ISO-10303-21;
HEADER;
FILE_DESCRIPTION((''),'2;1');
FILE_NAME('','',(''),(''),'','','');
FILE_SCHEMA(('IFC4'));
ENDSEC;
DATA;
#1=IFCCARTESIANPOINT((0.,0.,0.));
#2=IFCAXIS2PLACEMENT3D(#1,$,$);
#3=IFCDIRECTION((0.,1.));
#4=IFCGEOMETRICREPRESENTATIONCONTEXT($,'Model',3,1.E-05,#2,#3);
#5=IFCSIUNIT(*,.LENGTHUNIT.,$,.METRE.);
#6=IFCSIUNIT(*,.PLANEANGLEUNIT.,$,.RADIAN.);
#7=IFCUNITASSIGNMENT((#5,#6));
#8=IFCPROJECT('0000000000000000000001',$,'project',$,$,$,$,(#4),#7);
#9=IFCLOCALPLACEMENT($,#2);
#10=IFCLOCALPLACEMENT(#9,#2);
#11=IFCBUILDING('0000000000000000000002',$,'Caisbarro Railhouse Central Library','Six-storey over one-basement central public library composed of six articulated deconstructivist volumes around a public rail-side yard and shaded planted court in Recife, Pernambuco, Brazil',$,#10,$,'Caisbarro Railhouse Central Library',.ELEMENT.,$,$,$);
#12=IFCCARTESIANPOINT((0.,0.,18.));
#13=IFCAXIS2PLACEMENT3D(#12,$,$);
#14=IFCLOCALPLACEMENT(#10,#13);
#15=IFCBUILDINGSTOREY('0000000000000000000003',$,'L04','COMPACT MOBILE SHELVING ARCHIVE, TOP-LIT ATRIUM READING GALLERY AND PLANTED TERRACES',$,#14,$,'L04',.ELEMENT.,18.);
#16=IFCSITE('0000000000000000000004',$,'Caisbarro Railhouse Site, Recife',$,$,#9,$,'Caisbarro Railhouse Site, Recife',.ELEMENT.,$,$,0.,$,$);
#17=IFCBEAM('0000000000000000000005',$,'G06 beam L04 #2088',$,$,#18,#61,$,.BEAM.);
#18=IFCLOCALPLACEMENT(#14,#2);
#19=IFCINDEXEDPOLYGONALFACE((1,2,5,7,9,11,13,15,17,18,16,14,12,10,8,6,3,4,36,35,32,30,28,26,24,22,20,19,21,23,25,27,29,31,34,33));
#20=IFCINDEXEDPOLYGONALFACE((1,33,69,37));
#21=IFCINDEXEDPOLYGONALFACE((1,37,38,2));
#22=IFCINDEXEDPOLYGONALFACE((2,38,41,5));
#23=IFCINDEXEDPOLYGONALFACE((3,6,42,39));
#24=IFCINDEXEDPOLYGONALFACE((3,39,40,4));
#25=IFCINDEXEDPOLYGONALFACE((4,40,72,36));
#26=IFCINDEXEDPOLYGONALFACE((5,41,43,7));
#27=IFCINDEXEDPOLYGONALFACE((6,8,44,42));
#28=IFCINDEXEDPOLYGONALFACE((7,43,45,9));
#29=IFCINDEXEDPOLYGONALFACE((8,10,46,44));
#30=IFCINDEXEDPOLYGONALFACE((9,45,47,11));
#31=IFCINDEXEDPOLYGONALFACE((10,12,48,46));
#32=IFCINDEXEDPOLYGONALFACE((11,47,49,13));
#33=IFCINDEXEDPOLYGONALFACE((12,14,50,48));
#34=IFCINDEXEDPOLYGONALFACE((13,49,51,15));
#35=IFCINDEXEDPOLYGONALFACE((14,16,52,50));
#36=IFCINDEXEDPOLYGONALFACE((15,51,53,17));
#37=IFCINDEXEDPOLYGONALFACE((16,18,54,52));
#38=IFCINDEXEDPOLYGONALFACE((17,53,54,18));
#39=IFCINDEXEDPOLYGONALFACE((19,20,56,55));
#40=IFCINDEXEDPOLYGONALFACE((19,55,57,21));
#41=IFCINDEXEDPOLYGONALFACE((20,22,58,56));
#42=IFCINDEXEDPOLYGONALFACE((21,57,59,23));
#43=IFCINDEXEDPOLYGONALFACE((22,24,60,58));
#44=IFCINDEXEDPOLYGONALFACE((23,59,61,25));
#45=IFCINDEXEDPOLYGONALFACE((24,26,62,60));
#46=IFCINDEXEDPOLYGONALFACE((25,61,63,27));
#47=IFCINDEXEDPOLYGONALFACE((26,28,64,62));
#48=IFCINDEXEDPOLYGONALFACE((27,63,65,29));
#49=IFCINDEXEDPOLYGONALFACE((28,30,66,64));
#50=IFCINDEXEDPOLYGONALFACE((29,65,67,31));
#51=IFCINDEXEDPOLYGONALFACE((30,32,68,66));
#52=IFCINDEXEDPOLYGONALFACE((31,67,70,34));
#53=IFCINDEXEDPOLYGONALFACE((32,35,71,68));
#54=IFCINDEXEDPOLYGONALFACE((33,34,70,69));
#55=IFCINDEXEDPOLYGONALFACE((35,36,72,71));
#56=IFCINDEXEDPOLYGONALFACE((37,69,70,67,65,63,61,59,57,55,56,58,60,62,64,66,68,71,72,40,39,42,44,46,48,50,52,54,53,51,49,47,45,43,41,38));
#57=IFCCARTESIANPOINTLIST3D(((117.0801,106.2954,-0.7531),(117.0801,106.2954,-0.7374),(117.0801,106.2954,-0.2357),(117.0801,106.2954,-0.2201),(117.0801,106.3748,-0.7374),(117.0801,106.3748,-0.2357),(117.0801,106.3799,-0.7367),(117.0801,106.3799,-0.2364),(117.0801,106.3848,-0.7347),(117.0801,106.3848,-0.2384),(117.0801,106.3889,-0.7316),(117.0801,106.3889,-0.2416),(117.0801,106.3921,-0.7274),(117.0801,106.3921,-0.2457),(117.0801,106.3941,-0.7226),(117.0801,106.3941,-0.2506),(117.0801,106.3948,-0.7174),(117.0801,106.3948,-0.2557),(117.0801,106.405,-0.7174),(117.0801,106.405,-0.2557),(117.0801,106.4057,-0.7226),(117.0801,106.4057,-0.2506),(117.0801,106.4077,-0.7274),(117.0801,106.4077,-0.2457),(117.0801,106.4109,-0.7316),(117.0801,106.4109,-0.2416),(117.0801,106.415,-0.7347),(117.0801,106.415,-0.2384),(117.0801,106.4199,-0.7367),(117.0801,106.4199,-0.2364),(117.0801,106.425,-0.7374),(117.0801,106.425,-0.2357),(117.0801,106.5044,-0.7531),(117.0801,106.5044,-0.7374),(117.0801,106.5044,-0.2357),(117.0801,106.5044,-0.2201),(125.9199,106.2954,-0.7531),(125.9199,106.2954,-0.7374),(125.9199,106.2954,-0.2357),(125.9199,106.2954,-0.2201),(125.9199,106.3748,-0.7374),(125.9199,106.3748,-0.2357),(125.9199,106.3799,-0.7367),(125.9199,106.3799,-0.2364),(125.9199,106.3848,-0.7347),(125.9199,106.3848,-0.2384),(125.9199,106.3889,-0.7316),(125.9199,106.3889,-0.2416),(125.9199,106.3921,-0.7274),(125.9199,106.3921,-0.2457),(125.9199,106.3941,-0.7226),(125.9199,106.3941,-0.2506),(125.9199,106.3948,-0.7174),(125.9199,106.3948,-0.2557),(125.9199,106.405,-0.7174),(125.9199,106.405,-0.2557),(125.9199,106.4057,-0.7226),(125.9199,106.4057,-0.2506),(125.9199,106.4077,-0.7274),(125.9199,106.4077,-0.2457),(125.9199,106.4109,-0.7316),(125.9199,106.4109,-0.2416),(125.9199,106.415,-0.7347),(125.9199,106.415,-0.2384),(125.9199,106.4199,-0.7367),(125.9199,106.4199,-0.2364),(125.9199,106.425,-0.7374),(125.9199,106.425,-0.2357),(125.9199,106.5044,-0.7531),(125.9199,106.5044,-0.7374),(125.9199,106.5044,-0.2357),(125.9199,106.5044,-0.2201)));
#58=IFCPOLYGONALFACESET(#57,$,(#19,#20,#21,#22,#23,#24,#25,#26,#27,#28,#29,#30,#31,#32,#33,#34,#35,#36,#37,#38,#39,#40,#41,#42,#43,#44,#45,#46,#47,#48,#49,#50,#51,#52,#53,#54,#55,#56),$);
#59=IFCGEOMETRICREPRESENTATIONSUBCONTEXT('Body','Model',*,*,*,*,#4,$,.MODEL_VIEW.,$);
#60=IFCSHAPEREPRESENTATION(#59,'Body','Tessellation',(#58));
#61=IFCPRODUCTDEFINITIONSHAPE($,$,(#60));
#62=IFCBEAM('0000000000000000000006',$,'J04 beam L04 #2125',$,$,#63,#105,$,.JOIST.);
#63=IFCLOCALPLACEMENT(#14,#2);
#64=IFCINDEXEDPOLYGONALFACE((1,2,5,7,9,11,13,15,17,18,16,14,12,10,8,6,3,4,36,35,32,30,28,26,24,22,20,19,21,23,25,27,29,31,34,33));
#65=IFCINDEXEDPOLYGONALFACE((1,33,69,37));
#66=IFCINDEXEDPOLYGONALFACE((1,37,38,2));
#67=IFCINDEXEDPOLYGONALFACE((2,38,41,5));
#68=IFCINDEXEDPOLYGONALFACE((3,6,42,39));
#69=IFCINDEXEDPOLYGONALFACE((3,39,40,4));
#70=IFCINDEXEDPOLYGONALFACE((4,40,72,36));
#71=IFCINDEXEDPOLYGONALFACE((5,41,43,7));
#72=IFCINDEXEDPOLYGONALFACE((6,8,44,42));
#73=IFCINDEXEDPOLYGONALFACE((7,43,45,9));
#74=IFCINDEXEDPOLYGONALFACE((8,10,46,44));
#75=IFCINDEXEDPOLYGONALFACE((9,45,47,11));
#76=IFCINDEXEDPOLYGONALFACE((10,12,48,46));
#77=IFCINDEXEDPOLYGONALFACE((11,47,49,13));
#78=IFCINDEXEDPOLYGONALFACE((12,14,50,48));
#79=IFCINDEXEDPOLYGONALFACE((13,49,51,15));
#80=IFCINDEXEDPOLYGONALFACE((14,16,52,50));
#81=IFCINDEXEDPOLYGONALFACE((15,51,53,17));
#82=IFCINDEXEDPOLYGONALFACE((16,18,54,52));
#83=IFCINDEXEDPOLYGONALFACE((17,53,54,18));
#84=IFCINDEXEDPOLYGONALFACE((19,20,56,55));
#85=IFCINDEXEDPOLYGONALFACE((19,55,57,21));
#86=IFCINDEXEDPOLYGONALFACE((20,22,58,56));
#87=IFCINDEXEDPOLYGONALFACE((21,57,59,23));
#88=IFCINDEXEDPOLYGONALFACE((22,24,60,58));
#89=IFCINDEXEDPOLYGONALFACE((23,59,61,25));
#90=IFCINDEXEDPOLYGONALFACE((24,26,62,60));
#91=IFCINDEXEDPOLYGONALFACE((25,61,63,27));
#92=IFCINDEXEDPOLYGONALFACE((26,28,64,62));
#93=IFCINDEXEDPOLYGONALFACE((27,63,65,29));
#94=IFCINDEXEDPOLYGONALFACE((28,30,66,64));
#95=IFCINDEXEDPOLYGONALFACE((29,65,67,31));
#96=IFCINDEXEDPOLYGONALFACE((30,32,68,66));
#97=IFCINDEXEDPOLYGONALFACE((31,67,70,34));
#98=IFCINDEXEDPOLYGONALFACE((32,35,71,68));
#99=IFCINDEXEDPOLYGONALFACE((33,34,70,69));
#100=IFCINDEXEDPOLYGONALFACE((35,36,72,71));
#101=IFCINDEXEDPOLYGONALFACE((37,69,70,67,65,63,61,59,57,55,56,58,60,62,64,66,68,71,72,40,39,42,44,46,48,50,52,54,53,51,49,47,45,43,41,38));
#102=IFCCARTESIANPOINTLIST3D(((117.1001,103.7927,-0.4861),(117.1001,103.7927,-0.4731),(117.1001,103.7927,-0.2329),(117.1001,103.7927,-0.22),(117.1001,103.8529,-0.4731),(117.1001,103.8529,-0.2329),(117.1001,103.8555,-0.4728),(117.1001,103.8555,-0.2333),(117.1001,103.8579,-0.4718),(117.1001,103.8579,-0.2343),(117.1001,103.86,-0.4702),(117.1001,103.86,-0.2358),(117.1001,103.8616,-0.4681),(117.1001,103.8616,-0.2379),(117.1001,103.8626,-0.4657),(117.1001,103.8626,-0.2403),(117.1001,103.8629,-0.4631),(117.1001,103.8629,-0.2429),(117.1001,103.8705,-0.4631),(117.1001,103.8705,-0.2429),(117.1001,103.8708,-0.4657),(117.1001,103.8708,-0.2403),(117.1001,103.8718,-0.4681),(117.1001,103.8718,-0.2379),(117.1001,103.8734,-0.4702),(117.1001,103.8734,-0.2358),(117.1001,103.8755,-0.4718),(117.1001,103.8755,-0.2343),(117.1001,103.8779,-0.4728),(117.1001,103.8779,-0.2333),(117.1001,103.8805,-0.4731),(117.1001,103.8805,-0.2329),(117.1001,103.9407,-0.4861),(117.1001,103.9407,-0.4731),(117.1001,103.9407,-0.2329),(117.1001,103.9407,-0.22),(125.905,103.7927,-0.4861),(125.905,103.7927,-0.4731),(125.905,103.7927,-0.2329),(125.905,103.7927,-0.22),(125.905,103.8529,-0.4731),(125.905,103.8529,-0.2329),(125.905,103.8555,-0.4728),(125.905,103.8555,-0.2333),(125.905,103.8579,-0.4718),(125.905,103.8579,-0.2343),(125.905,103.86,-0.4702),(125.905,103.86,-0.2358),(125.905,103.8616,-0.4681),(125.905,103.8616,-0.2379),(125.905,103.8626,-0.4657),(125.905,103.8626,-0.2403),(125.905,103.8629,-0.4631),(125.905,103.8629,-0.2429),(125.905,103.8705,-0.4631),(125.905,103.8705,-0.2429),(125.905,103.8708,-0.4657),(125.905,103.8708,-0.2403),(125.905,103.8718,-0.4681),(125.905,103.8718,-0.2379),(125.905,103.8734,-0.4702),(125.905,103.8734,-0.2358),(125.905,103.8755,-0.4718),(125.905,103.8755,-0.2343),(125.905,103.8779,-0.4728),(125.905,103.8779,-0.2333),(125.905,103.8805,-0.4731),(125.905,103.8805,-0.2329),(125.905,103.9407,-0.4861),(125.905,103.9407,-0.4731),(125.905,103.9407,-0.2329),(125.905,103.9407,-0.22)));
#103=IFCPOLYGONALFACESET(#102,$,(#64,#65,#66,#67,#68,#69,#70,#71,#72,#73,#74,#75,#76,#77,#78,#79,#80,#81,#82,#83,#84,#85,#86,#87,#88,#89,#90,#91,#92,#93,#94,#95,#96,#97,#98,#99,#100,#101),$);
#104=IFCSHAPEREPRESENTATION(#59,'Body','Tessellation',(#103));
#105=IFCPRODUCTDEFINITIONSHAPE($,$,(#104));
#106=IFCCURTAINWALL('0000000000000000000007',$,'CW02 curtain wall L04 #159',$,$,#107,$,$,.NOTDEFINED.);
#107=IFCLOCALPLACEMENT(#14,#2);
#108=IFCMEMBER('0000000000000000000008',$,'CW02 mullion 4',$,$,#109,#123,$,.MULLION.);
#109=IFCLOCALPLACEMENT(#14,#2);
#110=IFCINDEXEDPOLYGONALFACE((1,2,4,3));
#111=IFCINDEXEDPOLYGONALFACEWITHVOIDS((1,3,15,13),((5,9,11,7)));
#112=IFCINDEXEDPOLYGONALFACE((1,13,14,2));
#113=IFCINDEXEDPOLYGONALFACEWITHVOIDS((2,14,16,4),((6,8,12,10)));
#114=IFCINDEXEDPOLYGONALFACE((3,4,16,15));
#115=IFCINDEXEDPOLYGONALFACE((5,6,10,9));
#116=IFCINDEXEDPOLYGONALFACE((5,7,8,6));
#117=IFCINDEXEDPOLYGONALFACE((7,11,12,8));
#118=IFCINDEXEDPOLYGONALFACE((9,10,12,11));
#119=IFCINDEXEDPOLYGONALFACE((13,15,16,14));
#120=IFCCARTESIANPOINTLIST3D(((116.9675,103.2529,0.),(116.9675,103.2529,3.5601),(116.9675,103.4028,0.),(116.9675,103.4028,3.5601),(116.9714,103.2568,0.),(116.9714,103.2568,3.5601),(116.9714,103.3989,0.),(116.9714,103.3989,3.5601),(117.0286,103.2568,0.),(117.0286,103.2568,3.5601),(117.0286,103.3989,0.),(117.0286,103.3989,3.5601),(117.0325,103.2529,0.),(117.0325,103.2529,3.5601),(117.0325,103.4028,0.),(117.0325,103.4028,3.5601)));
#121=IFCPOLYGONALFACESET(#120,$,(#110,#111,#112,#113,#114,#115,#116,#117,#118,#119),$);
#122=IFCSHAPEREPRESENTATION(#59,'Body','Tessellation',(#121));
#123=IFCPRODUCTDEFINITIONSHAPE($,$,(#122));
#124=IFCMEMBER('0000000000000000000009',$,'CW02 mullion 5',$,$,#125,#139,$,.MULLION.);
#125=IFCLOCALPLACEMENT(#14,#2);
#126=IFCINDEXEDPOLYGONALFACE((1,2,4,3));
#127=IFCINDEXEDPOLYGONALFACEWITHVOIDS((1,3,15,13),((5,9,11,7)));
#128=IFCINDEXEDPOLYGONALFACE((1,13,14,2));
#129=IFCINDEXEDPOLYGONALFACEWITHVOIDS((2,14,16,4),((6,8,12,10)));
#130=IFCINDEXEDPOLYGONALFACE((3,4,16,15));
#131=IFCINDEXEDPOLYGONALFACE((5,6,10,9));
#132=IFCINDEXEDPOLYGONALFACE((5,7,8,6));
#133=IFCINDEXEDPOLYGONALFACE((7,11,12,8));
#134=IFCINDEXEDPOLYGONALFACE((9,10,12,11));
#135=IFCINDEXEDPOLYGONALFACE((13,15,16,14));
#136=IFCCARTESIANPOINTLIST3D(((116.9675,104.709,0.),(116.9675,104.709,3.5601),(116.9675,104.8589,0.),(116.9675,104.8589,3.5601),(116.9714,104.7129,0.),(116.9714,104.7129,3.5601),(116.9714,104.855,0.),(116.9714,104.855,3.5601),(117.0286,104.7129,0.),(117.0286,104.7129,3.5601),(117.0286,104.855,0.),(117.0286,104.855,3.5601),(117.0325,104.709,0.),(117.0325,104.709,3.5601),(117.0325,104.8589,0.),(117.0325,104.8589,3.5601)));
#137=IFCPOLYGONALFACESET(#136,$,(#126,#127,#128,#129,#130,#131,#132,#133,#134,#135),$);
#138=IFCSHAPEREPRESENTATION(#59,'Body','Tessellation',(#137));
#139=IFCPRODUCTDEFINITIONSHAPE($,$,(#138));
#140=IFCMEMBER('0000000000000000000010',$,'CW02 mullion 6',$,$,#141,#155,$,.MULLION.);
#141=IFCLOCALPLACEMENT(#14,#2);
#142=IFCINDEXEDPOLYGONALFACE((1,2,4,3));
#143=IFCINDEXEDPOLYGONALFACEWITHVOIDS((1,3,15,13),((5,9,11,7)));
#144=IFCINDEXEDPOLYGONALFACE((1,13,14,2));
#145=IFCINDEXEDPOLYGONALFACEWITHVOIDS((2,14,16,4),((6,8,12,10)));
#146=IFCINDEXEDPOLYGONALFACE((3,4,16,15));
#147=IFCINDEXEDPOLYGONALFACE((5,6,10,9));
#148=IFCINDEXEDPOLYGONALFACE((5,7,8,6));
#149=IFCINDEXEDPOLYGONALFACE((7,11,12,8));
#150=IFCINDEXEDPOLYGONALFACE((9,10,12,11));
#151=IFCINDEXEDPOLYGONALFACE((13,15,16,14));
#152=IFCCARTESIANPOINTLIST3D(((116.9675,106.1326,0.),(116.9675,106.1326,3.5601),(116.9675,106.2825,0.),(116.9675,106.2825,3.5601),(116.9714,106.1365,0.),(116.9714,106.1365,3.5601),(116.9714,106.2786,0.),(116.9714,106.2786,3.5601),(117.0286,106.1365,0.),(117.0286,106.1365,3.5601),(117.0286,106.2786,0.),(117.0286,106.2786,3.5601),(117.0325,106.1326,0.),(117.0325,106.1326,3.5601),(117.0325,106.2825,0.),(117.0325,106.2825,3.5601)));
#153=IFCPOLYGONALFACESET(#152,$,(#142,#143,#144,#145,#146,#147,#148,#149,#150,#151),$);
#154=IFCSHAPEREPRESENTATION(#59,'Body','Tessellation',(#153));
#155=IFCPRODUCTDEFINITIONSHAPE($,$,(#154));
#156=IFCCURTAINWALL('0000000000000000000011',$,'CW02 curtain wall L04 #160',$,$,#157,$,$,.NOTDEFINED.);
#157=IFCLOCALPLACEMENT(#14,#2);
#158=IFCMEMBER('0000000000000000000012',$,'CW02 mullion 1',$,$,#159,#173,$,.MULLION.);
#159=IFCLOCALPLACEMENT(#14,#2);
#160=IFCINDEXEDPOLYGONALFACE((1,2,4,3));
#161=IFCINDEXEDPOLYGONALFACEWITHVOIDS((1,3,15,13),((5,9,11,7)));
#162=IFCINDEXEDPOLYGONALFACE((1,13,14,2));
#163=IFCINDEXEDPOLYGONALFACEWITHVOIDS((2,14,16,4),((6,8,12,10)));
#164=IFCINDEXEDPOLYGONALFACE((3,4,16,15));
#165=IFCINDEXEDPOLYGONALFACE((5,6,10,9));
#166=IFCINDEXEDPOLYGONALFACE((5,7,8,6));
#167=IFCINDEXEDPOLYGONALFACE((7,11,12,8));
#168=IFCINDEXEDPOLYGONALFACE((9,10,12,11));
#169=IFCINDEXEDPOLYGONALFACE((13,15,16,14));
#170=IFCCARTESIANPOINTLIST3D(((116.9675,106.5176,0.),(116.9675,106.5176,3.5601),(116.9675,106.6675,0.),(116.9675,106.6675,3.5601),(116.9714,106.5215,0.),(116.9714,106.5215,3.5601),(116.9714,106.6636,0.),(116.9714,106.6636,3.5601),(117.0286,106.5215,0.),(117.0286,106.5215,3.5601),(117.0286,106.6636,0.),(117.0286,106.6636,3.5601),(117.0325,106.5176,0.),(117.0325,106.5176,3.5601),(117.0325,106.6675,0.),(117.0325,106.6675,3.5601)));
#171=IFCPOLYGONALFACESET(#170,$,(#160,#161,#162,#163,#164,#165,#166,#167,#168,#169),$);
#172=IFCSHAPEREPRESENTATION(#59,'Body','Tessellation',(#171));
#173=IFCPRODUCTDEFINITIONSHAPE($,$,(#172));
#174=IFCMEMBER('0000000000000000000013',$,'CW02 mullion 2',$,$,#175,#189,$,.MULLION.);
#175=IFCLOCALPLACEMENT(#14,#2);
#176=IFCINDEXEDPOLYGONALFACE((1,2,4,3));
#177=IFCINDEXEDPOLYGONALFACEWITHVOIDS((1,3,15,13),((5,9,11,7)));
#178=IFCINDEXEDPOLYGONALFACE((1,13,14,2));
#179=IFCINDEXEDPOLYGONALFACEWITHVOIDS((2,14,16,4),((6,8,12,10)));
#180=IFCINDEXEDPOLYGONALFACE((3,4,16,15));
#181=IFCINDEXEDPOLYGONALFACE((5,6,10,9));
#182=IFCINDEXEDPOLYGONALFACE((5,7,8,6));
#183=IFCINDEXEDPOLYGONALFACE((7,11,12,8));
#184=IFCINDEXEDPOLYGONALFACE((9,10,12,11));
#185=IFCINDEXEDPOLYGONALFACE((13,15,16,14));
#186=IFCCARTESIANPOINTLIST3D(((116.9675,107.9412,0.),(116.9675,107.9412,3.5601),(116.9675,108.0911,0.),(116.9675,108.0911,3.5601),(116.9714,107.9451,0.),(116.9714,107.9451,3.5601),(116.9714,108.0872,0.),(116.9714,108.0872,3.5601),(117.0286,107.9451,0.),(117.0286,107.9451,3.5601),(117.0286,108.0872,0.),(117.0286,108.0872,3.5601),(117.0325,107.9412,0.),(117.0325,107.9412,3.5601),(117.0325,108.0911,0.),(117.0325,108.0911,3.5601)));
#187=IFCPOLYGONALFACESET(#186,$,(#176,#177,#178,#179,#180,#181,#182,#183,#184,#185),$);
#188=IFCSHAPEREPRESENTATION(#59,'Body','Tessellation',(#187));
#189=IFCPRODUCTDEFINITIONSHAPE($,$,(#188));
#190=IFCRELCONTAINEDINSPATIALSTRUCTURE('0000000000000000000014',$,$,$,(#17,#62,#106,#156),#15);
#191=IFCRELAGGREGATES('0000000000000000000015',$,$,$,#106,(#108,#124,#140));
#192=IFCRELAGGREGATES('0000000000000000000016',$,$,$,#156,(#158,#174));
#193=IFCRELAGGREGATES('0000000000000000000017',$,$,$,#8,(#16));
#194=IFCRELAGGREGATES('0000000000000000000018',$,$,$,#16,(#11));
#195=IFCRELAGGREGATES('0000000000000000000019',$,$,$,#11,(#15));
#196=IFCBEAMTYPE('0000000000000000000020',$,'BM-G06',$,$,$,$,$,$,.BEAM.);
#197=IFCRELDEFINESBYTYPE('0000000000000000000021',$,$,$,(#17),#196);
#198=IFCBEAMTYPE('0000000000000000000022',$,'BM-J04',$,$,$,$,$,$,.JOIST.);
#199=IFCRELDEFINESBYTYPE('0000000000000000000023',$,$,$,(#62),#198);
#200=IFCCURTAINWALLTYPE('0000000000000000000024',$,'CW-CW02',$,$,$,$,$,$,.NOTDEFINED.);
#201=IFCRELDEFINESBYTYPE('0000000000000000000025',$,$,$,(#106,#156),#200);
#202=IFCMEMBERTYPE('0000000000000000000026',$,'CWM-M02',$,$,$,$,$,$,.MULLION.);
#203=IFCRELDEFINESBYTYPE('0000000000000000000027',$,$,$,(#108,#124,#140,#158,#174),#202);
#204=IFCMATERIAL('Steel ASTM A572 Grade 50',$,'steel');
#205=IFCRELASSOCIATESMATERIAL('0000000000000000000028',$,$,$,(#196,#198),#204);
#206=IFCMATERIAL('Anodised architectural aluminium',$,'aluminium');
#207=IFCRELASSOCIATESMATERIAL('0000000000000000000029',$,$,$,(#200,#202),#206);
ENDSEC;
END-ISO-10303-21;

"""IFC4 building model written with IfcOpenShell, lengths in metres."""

from ifc_helpers import new_model, si_unit, direction, frame, origin, origin_2d, place, context, subcontext, project, spatial, hollow_rectangle, i_section, extrude, material, material_profile, profile_set, type_object, element, aggregate, save


model = new_model("IFC4")

# Units and contexts
model_context = context("Model", 3, precision=1e-05, world=origin(), true_north=direction((0.0, 1.0)))
body_context = subcontext(model_context, "Body", "Model", "MODEL_VIEW")
ifc_project = project(units=[si_unit("LENGTHUNIT", "METRE"), si_unit("PLANEANGLEUNIT", "RADIAN")], contexts=[model_context])

# Site, building, storey
site_placement = place(None, origin())
site = spatial("IfcSite", under=ifc_project, at=site_placement, Name="Caisbarro Railhouse Site, Recife", LongName="Caisbarro Railhouse Site, Recife", CompositionType="ELEMENT", RefElevation=0.0)
building_placement = place(site_placement, origin())
building = spatial("IfcBuilding", under=site, at=building_placement, Name="Caisbarro Railhouse Central Library", Description="Six-storey over one-basement central public library composed of six articulated deconstructivist volumes around a public rail-side yard and shaded planted court in Recife, Pernambuco, Brazil", LongName="Caisbarro Railhouse Central Library", CompositionType="ELEMENT")
storey_placement = place(building_placement, frame((0.0, 0.0, 18.0)))
storey = spatial("IfcBuildingStorey", under=building, at=storey_placement, Name="L04", Description="COMPACT MOBILE SHELVING ARCHIVE, TOP-LIT ATRIUM READING GALLERY AND PLANTED TERRACES", LongName="L04", CompositionType="ELEMENT", Elevation=18.0)

# Beams
ifc_material_1 = material(Name="Steel ASTM A572 Grade 50", Category="steel")
ifc_material_profile_1 = material_profile(ifc_material_1, i_section(OverallWidth=0.209, OverallDepth=0.533, WebThickness=0.0103, FlangeThickness=0.0156, FilletRadius=0.02, at=origin_2d()), Name="W530X92.0")
ifc_profile_set_1 = profile_set([ifc_material_profile_1], Name="Steel ASTM A572 Grade 50")
beam_type_1 = type_object("IfcBeamType", Name="BM-G06", PredefinedType="BEAM", material=ifc_profile_set_1)
beam_1_placement = place(storey_placement, frame((117.0801, 106.3999, -0.4866), z_axis=(1.0, 0.0, 0.0), x_axis=(0.0, 1.0, 0.0)))
element("IfcBeam", 1, at=beam_1_placement, inside=storey, type_object=beam_type_1, Name="G06 beam L04 #2088", PredefinedType="BEAM", context=body_context, shape_type="SweptSolid", body=[
    extrude(i_section(OverallWidth=0.209, OverallDepth=0.533, WebThickness=0.0103, FlangeThickness=0.0156, FilletRadius=0.02, at=origin_2d()), origin(), (0.0, 0.0, 1.0), 8.8398),
])
ifc_material_profile_2 = material_profile(ifc_material_1, i_section(OverallWidth=0.1479, OverallDepth=0.2661, WebThickness=0.0076, FlangeThickness=0.0129, FilletRadius=0.01, at=origin_2d()), Name="W250X44.8")
ifc_profile_set_2 = profile_set([ifc_material_profile_2], Name="Steel ASTM A572 Grade 50")
beam_type_2 = type_object("IfcBeamType", Name="BM-J04", PredefinedType="JOIST", material=ifc_profile_set_2)
beam_2_placement = place(storey_placement, frame((117.1001, 103.8667, -0.353), z_axis=(1.0, 0.0, 0.0), x_axis=(0.0, 1.0, 0.0)))
element("IfcBeam", 2, at=beam_2_placement, inside=storey, type_object=beam_type_2, Name="J04 beam L04 #2125", PredefinedType="JOIST", context=body_context, shape_type="SweptSolid", body=[
    extrude(i_section(OverallWidth=0.1479, OverallDepth=0.2661, WebThickness=0.0076, FlangeThickness=0.0129, FilletRadius=0.01, at=origin_2d()), origin(), (0.0, 0.0, 1.0), 8.8049),
])

# Curtain walls, members
ifc_material_2 = material(Name="Anodised architectural aluminium", Category="aluminium")
curtain_wall_type = type_object("IfcCurtainWallType", Name="CW-CW02", PredefinedType="NOTDEFINED", material=ifc_material_2)
curtain_wall_1_placement = place(storey_placement, origin())
curtain_wall_1 = element("IfcCurtainWall", 3, at=curtain_wall_1_placement, inside=storey, type_object=curtain_wall_type, Name="CW02 curtain wall L04 #159", PredefinedType="NOTDEFINED")
ifc_material_profile_3 = material_profile(ifc_material_2, hollow_rectangle(XDim=0.0649, YDim=0.1499, WallThickness=0.0039, at=origin_2d()), Name="ALU-MUL-65X150")
ifc_profile_set_3 = profile_set([ifc_material_profile_3], Name="Anodised architectural aluminium")
member_type_1 = type_object("IfcMemberType", Name="CWM-M02", PredefinedType="MULLION", material=ifc_profile_set_3)
member_1_placement = place(storey_placement, frame((117.0, 103.3279, 0.0), z_axis=(0.0, 0.0, 1.0), x_axis=(-1.0, 0.0, 0.0)))
member_1 = element("IfcMember", 4, at=member_1_placement, type_object=member_type_1, Name="CW02 mullion 4", PredefinedType="MULLION", context=body_context, shape_type="SweptSolid", body=[
    extrude(hollow_rectangle(XDim=0.0649, YDim=0.1499, WallThickness=0.0039, at=origin_2d()), origin(), (0.0, 0.0, 1.0), 3.5601),
])
member_2_placement = place(storey_placement, frame((117.0, 104.7839, 0.0), z_axis=(0.0, 0.0, 1.0), x_axis=(-1.0, 0.0, 0.0)))
member_2 = element("IfcMember", 5, at=member_2_placement, type_object=member_type_1, Name="CW02 mullion 5", PredefinedType="MULLION", context=body_context, shape_type="SweptSolid", body=[
    extrude(hollow_rectangle(XDim=0.0649, YDim=0.1499, WallThickness=0.0039, at=origin_2d()), origin(), (0.0, 0.0, 1.0), 3.5601),
])
member_3_placement = place(storey_placement, frame((117.0, 106.2075, 0.0), z_axis=(0.0, 0.0, 1.0), x_axis=(-1.0, 0.0, 0.0)))
member_3 = element("IfcMember", 6, at=member_3_placement, type_object=member_type_1, Name="CW02 mullion 6", PredefinedType="MULLION", context=body_context, shape_type="SweptSolid", body=[
    extrude(hollow_rectangle(XDim=0.0649, YDim=0.1499, WallThickness=0.0039, at=origin_2d()), origin(), (0.0, 0.0, 1.0), 3.5601),
])
curtain_wall_2_placement = place(storey_placement, origin())
curtain_wall_2 = element("IfcCurtainWall", 7, at=curtain_wall_2_placement, inside=storey, type_object=curtain_wall_type, Name="CW02 curtain wall L04 #160", PredefinedType="NOTDEFINED")
member_4_placement = place(storey_placement, frame((117.0, 106.5925, 0.0), z_axis=(0.0, 0.0, 1.0), x_axis=(-1.0, 0.0, 0.0)))
member_4 = element("IfcMember", 8, at=member_4_placement, type_object=member_type_1, Name="CW02 mullion 1", PredefinedType="MULLION", context=body_context, shape_type="SweptSolid", body=[
    extrude(hollow_rectangle(XDim=0.0649, YDim=0.1499, WallThickness=0.0039, at=origin_2d()), origin(), (0.0, 0.0, 1.0), 3.5601),
])
member_5_placement = place(storey_placement, frame((117.0, 108.0161, 0.0), z_axis=(0.0, 0.0, 1.0), x_axis=(-1.0, 0.0, 0.0)))
member_5 = element("IfcMember", 9, at=member_5_placement, type_object=member_type_1, Name="CW02 mullion 2", PredefinedType="MULLION", context=body_context, shape_type="SweptSolid", body=[
    extrude(hollow_rectangle(XDim=0.0649, YDim=0.1499, WallThickness=0.0039, at=origin_2d()), origin(), (0.0, 0.0, 1.0), 3.5601),
])

aggregate(curtain_wall_1, [member_1, member_2, member_3])
aggregate(curtain_wall_2, [member_4, member_5])

save(model, "model.ifc")
